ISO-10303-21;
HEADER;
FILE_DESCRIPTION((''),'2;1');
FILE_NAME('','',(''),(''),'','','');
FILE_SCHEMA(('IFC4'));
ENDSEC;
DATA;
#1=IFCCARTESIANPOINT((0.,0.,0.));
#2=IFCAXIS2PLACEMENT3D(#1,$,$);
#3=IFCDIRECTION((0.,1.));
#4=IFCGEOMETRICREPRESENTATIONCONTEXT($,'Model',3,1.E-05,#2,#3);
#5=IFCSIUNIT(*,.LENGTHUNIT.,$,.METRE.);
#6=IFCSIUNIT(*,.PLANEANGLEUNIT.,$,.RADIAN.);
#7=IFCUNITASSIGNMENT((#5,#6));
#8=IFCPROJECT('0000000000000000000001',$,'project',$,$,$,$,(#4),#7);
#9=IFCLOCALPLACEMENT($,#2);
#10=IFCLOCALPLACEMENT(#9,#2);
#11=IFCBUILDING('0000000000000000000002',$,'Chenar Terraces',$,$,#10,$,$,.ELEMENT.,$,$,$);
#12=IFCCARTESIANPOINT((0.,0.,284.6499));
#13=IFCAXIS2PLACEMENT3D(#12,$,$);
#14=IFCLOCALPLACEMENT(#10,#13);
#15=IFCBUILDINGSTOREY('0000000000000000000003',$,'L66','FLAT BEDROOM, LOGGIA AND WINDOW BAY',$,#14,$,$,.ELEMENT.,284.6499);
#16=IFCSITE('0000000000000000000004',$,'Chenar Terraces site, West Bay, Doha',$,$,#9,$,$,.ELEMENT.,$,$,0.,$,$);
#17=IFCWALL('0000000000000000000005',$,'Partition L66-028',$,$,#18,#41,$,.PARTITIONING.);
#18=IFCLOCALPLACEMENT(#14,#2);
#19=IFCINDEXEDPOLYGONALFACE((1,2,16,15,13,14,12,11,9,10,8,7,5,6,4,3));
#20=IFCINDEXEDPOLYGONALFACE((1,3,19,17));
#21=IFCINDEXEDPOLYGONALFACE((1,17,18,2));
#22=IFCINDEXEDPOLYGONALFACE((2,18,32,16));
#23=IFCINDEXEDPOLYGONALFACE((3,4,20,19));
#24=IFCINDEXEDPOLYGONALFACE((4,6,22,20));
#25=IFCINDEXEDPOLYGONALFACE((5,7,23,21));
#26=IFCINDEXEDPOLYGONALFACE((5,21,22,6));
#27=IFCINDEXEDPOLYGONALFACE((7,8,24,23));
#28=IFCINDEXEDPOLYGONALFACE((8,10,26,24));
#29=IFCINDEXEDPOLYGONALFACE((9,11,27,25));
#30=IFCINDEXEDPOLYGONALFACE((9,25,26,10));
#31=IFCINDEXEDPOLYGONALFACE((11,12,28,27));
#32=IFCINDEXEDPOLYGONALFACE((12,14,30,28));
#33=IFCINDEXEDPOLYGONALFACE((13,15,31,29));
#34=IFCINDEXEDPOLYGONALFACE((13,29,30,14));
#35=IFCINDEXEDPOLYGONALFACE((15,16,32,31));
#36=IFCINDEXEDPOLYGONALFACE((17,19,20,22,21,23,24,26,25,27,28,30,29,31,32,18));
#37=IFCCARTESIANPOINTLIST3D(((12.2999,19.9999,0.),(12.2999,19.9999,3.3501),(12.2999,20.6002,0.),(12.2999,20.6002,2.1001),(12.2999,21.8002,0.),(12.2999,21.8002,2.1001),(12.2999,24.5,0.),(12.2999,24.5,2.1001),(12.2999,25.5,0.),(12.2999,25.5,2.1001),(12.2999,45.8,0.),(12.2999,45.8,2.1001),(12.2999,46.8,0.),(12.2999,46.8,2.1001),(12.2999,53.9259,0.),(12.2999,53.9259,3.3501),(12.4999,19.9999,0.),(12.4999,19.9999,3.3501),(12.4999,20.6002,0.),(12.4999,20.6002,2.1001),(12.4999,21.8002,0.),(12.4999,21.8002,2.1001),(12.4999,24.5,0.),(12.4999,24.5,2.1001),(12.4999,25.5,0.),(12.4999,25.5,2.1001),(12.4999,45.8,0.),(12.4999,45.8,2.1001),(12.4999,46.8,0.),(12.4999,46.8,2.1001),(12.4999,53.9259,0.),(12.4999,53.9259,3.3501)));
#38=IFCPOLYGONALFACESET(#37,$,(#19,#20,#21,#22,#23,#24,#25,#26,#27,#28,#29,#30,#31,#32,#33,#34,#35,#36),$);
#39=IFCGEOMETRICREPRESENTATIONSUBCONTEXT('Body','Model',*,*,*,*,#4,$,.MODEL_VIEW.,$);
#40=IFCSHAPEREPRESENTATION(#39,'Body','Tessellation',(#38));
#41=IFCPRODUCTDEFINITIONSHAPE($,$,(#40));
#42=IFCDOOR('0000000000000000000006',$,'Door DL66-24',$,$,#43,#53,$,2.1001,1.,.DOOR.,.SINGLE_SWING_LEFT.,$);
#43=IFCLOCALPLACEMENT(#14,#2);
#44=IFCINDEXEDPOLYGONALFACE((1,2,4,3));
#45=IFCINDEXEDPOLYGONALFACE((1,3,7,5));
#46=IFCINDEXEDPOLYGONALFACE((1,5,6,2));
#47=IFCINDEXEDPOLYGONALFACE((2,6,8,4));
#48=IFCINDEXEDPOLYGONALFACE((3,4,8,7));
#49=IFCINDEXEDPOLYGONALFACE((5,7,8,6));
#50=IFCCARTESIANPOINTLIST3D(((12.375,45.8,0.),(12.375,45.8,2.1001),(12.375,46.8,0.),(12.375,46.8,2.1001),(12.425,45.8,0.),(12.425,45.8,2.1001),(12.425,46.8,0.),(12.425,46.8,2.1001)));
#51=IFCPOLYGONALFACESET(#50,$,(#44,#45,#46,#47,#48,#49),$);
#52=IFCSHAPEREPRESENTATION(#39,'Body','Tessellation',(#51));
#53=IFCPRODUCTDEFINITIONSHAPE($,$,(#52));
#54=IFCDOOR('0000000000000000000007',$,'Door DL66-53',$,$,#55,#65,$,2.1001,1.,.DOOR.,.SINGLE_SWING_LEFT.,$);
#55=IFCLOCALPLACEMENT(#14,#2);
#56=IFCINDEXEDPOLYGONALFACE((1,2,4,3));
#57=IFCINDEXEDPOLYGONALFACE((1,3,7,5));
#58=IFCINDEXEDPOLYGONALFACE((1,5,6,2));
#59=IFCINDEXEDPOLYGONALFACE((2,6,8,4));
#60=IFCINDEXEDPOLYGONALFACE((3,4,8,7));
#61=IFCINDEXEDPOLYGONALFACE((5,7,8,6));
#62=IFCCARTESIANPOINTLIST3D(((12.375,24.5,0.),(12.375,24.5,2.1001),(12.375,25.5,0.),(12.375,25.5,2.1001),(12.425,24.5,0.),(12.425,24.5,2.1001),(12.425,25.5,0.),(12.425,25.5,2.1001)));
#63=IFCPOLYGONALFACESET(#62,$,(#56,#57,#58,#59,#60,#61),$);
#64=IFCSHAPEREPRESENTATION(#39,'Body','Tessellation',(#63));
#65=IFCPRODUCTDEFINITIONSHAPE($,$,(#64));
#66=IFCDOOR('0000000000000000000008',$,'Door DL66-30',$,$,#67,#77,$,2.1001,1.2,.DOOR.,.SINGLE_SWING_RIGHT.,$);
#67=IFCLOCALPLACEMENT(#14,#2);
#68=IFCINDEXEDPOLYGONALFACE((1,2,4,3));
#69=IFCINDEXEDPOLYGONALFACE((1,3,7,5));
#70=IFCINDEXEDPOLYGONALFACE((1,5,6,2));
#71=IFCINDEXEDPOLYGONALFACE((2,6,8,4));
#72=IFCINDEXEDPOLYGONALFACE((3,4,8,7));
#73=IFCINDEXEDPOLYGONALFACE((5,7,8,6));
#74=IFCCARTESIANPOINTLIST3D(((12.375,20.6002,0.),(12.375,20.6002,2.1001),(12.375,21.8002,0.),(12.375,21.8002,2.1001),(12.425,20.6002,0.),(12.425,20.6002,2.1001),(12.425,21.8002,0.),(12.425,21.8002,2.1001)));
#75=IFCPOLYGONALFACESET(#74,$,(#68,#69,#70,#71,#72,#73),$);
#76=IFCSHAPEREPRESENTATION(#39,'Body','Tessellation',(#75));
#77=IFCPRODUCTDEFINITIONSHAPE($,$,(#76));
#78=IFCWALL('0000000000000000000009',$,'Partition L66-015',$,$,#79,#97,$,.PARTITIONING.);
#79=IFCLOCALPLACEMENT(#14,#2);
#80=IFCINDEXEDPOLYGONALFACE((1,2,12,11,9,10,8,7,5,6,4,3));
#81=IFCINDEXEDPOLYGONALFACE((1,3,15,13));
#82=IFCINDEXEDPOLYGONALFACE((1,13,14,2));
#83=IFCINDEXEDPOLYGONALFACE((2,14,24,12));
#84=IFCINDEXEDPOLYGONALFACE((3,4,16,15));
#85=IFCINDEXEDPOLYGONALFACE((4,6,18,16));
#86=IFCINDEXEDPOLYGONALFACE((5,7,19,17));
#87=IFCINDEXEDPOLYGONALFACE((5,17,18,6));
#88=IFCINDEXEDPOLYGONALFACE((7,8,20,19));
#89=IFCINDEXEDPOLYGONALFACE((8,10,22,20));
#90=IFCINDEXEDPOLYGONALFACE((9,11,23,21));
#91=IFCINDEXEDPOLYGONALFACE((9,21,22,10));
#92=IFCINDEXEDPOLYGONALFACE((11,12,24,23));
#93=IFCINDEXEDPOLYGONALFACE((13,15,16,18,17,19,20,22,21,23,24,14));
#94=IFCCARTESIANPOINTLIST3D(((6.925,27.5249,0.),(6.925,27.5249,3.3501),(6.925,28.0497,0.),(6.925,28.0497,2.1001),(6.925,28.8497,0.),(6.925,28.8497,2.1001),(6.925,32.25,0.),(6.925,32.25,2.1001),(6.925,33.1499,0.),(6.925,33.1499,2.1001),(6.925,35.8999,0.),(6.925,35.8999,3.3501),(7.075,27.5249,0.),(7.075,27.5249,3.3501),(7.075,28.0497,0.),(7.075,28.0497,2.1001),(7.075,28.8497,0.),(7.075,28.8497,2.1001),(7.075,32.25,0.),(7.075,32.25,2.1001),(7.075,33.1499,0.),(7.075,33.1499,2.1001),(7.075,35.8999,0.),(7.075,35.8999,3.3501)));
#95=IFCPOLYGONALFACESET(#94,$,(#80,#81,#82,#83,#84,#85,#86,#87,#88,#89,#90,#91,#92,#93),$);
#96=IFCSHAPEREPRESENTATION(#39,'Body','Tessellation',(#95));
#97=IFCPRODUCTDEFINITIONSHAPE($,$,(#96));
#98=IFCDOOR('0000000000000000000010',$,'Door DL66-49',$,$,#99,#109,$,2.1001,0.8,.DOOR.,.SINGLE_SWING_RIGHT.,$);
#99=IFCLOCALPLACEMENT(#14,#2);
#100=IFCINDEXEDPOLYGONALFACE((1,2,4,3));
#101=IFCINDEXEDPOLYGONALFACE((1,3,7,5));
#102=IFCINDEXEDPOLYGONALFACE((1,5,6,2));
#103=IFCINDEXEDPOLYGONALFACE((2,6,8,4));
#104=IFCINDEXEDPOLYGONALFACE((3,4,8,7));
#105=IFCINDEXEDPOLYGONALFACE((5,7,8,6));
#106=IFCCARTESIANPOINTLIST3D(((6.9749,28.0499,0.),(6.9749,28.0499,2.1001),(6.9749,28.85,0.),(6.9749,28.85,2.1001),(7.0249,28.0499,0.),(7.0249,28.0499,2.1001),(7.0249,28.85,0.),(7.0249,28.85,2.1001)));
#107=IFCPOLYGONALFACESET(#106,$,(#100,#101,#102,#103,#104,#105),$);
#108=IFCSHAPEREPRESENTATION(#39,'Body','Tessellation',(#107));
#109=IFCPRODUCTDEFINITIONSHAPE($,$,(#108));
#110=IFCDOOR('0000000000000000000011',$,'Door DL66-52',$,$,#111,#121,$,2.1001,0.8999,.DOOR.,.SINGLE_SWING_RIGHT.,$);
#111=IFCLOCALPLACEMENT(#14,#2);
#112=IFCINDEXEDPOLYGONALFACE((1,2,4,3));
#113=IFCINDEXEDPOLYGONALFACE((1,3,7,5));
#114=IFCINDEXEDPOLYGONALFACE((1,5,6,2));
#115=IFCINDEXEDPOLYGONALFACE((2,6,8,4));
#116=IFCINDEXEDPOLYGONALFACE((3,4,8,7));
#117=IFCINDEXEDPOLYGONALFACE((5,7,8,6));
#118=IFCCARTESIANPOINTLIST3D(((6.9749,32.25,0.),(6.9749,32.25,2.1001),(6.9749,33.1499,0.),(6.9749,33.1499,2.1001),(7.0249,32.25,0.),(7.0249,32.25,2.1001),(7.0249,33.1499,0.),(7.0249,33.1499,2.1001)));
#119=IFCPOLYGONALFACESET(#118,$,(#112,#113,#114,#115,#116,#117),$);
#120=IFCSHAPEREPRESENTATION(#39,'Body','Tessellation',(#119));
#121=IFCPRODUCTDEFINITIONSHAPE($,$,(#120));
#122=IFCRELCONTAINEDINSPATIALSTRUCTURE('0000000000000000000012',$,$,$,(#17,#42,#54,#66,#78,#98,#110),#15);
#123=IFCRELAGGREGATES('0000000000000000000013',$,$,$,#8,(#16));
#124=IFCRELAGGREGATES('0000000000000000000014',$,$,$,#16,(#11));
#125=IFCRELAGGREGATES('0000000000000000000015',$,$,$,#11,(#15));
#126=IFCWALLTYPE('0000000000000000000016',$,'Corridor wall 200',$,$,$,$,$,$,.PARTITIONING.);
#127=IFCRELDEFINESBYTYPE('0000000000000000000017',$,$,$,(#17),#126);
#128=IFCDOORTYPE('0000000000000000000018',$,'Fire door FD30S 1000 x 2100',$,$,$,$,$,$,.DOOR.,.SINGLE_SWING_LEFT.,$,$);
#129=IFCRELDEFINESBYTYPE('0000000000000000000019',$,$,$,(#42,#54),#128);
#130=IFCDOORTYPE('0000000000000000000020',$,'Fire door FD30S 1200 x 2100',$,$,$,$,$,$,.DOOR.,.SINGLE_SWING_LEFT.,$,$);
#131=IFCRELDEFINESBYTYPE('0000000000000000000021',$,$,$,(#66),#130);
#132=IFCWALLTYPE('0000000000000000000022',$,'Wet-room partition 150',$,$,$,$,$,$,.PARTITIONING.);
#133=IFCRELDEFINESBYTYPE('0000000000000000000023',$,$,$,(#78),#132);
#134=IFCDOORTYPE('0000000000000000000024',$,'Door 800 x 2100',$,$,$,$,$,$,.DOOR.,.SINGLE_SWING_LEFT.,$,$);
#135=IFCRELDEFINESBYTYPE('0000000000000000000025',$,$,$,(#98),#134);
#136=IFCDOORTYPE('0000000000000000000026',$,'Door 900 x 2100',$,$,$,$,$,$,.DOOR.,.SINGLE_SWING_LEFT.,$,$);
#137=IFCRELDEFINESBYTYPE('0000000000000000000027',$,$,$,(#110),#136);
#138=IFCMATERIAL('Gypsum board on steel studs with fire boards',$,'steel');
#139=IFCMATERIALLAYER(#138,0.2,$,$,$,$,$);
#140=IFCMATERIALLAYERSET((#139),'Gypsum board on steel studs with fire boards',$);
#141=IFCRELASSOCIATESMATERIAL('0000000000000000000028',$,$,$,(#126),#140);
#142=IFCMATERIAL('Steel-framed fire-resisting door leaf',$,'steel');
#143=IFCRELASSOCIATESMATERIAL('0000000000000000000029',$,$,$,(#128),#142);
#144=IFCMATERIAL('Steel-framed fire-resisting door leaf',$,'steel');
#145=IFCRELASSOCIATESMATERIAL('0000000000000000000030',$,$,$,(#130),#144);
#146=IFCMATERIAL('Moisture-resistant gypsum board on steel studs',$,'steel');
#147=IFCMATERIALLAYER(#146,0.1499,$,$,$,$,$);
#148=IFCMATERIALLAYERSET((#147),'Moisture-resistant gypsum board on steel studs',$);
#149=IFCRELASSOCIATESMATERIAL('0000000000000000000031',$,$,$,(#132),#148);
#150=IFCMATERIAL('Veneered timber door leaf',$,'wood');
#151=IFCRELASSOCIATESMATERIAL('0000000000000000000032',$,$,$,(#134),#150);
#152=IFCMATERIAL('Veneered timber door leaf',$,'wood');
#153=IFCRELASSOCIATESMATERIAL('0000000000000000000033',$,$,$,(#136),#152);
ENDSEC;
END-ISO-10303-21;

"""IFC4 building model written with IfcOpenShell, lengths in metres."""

from ifc_helpers import new_model, si_unit, direction, frame, frame_2d, origin, place, context, subcontext, project, spatial, rectangle, extrude, material, layer, layer_set, type_object, element, fill, save


model = new_model("IFC4")

# Units and contexts
model_context = context("Model", 3, precision=1e-05, world=origin(), true_north=direction((0.0, 1.0)))
body_context = subcontext(model_context, "Body", "Model", "MODEL_VIEW")
ifc_project = project(units=[si_unit("LENGTHUNIT", "METRE"), si_unit("PLANEANGLEUNIT", "RADIAN")], contexts=[model_context])

# Site, building, storey
site_placement = place(None, origin())
site = spatial("IfcSite", under=ifc_project, at=site_placement, Name="Chenar Terraces site, West Bay, Doha", CompositionType="ELEMENT", RefElevation=0.0)
building_placement = place(site_placement, origin())
building = spatial("IfcBuilding", under=site, at=building_placement, Name="Chenar Terraces", CompositionType="ELEMENT")
storey_placement = place(building_placement, frame((0.0, 0.0, 284.6499)))
storey = spatial("IfcBuildingStorey", under=building, at=storey_placement, Name="L66", Description="FLAT BEDROOM, LOGGIA AND WINDOW BAY", CompositionType="ELEMENT", Elevation=284.6499)

# Walls, openings, doors
ifc_material_1 = material(Name="Gypsum board on steel studs with fire boards", Category="steel")
ifc_layer_1 = layer(ifc_material_1, 0.2)
ifc_layer_set_1 = layer_set([ifc_layer_1], Name="Gypsum board on steel studs with fire boards")
wall_type_1 = type_object("IfcWallType", Name="Corridor wall 200", PredefinedType="PARTITIONING", material=ifc_layer_set_1)
wall_1_placement = place(storey_placement, frame((12.3999, 20.0, 0.0), z_axis=(0.0, 0.0, 1.0), x_axis=(0.0, 1.0, 0.0)))
wall_1 = element("IfcWall", 1, at=wall_1_placement, inside=storey, type_object=wall_type_1, Name="Partition L66-028", PredefinedType="PARTITIONING", context=body_context, shape_type="SweptSolid", body=[
    extrude(rectangle(XDim=33.926, YDim=0.2, at=frame_2d((16.9629, 0.0))), origin(), (0.0, 0.0, 1.0), 3.3501),
])
opening_1_placement = place(wall_1_placement, frame((25.8, 0.0, 0.0)))
opening_1 = element("IfcOpeningElement", 2, at=opening_1_placement, cuts=wall_1, PredefinedType="OPENING", context=body_context, shape_type="SweptSolid", body=[
    extrude(rectangle(XDim=1.0, YDim=2.1001, at=frame_2d((0.5, 1.05))), frame((0.0, 0.1099, 0.0), z_axis=(0.0, -1.0, 0.0), x_axis=(1.0, 0.0, 0.0)), (0.0, 0.0, 1.0), 0.22),
])
opening_2_placement = place(wall_1_placement, frame((0.6001, 0.0, 0.0)))
opening_2 = element("IfcOpeningElement", 3, at=opening_2_placement, cuts=wall_1, PredefinedType="OPENING", context=body_context, shape_type="SweptSolid", body=[
    extrude(rectangle(XDim=1.2, YDim=2.1001, at=frame_2d((0.6001, 1.05))), frame((0.0, 0.1099, 0.0), z_axis=(0.0, -1.0, 0.0), x_axis=(1.0, 0.0, 0.0)), (0.0, 0.0, 1.0), 0.22),
])
opening_3_placement = place(wall_1_placement, frame((4.5, 0.0, 0.0)))
opening_3 = element("IfcOpeningElement", 4, at=opening_3_placement, cuts=wall_1, PredefinedType="OPENING", context=body_context, shape_type="SweptSolid", body=[
    extrude(rectangle(XDim=1.0, YDim=2.1001, at=frame_2d((0.5, 1.05))), frame((0.0, 0.1099, 0.0), z_axis=(0.0, -1.0, 0.0), x_axis=(1.0, 0.0, 0.0)), (0.0, 0.0, 1.0), 0.22),
])
ifc_material_2 = material(Name="Steel-framed fire-resisting door leaf", Category="steel")
door_type_1 = type_object("IfcDoorType", Name="Fire door FD30S 1000 x 2100", OperationType="SINGLE_SWING_LEFT", PredefinedType="DOOR", material=ifc_material_2)
door_1_placement = place(opening_1_placement, origin())
door_1 = element("IfcDoor", 5, at=door_1_placement, inside=storey, type_object=door_type_1, Name="Door DL66-24", OperationType="SINGLE_SWING_LEFT", OverallHeight=2.1001, OverallWidth=1.0, PredefinedType="DOOR", context=body_context, shape_type="SweptSolid", body=[
    extrude(rectangle(XDim=1.0, YDim=2.1001, at=frame_2d((0.5, 1.05))), frame((0.0, 0.0249, 0.0), z_axis=(0.0, -1.0, 0.0), x_axis=(1.0, 0.0, 0.0)), (0.0, 0.0, 1.0), 0.05),
])
fill(opening_1, door_1)
door_2_placement = place(opening_3_placement, origin())
door_2 = element("IfcDoor", 6, at=door_2_placement, inside=storey, type_object=door_type_1, Name="Door DL66-53", OperationType="SINGLE_SWING_LEFT", OverallHeight=2.1001, OverallWidth=1.0, PredefinedType="DOOR", context=body_context, shape_type="SweptSolid", body=[
    extrude(rectangle(XDim=1.0, YDim=2.1001, at=frame_2d((0.5, 1.05))), frame((0.0, 0.0249, 0.0), z_axis=(0.0, -1.0, 0.0), x_axis=(1.0, 0.0, 0.0)), (0.0, 0.0, 1.0), 0.05),
])
fill(opening_3, door_2)
ifc_material_3 = material(Name="Steel-framed fire-resisting door leaf", Category="steel")
door_type_2 = type_object("IfcDoorType", Name="Fire door FD30S 1200 x 2100", OperationType="SINGLE_SWING_LEFT", PredefinedType="DOOR", material=ifc_material_3)
door_3_placement = place(opening_2_placement, origin())
door_3 = element("IfcDoor", 7, at=door_3_placement, inside=storey, type_object=door_type_2, Name="Door DL66-30", OperationType="SINGLE_SWING_RIGHT", OverallHeight=2.1001, OverallWidth=1.2, PredefinedType="DOOR", context=body_context, shape_type="SweptSolid", body=[
    extrude(rectangle(XDim=1.2, YDim=2.1001, at=frame_2d((0.6001, 1.05))), frame((0.0, 0.0249, 0.0), z_axis=(0.0, -1.0, 0.0), x_axis=(1.0, 0.0, 0.0)), (0.0, 0.0, 1.0), 0.05),
])
fill(opening_2, door_3)
ifc_material_4 = material(Name="Moisture-resistant gypsum board on steel studs", Category="steel")
ifc_layer_2 = layer(ifc_material_4, 0.1499)
ifc_layer_set_2 = layer_set([ifc_layer_2], Name="Moisture-resistant gypsum board on steel studs")
wall_type_2 = type_object("IfcWallType", Name="Wet-room partition 150", PredefinedType="PARTITIONING", material=ifc_layer_set_2)
wall_2_placement = place(storey_placement, frame((7.0, 27.5249, 0.0), z_axis=(0.0, 0.0, 1.0), x_axis=(0.0, 1.0, 0.0)))
wall_2 = element("IfcWall", 8, at=wall_2_placement, inside=storey, type_object=wall_type_2, Name="Partition L66-015", PredefinedType="PARTITIONING", context=body_context, shape_type="SweptSolid", body=[
    extrude(rectangle(XDim=8.375, YDim=0.1499, at=frame_2d((4.1875, 0.0))), origin(), (0.0, 0.0, 1.0), 3.3501),
])
opening_4_placement = place(wall_2_placement, frame((0.5249, 0.0, 0.0)))
opening_4 = element("IfcOpeningElement", 9, at=opening_4_placement, cuts=wall_2, PredefinedType="OPENING", context=body_context, shape_type="SweptSolid", body=[
    extrude(rectangle(XDim=0.8, YDim=2.1001, at=frame_2d((0.3999, 1.05))), frame((0.0, 0.085, 0.0), z_axis=(0.0, -1.0, 0.0), x_axis=(1.0, 0.0, 0.0)), (0.0, 0.0, 1.0), 0.1699),
])
opening_5_placement = place(wall_2_placement, frame((4.7251, 0.0, 0.0)))
opening_5 = element("IfcOpeningElement", 10, at=opening_5_placement, cuts=wall_2, PredefinedType="OPENING", context=body_context, shape_type="SweptSolid", body=[
    extrude(rectangle(XDim=0.8999, YDim=2.1001, at=frame_2d((0.45, 1.05))), frame((0.0, 0.085, 0.0), z_axis=(0.0, -1.0, 0.0), x_axis=(1.0, 0.0, 0.0)), (0.0, 0.0, 1.0), 0.1699),
])
ifc_material_5 = material(Name="Veneered timber door leaf", Category="wood")
door_type_3 = type_object("IfcDoorType", Name="Door 800 x 2100", OperationType="SINGLE_SWING_LEFT", PredefinedType="DOOR", material=ifc_material_5)
door_4_placement = place(opening_4_placement, frame((0.8, 0.0, 0.0), z_axis=(0.0, 0.0, 1.0), x_axis=(-1.0, 0.0, 0.0)))
door_4 = element("IfcDoor", 11, at=door_4_placement, inside=storey, type_object=door_type_3, Name="Door DL66-49", OperationType="SINGLE_SWING_RIGHT", OverallHeight=2.1001, OverallWidth=0.8, PredefinedType="DOOR", context=body_context, shape_type="SweptSolid", body=[
    extrude(rectangle(XDim=0.8, YDim=2.1001, at=frame_2d((0.3999, 1.05))), frame((0.0, 0.0249, 0.0), z_axis=(0.0, -1.0, 0.0), x_axis=(1.0, 0.0, 0.0)), (0.0, 0.0, 1.0), 0.05),
])
fill(opening_4, door_4)
ifc_material_6 = material(Name="Veneered timber door leaf", Category="wood")
door_type_4 = type_object("IfcDoorType", Name="Door 900 x 2100", OperationType="SINGLE_SWING_LEFT", PredefinedType="DOOR", material=ifc_material_6)
door_5_placement = place(opening_5_placement, frame((0.8999, 0.0, 0.0), z_axis=(0.0, 0.0, 1.0), x_axis=(-1.0, 0.0, 0.0)))
door_5 = element("IfcDoor", 12, at=door_5_placement, inside=storey, type_object=door_type_4, Name="Door DL66-52", OperationType="SINGLE_SWING_RIGHT", OverallHeight=2.1001, OverallWidth=0.8999, PredefinedType="DOOR", context=body_context, shape_type="SweptSolid", body=[
    extrude(rectangle(XDim=0.8999, YDim=2.1001, at=frame_2d((0.45, 1.05))), frame((0.0, 0.0249, 0.0), z_axis=(0.0, -1.0, 0.0), x_axis=(1.0, 0.0, 0.0)), (0.0, 0.0, 1.0), 0.05),
])
fill(opening_5, door_5)

save(model, "model.ifc")
